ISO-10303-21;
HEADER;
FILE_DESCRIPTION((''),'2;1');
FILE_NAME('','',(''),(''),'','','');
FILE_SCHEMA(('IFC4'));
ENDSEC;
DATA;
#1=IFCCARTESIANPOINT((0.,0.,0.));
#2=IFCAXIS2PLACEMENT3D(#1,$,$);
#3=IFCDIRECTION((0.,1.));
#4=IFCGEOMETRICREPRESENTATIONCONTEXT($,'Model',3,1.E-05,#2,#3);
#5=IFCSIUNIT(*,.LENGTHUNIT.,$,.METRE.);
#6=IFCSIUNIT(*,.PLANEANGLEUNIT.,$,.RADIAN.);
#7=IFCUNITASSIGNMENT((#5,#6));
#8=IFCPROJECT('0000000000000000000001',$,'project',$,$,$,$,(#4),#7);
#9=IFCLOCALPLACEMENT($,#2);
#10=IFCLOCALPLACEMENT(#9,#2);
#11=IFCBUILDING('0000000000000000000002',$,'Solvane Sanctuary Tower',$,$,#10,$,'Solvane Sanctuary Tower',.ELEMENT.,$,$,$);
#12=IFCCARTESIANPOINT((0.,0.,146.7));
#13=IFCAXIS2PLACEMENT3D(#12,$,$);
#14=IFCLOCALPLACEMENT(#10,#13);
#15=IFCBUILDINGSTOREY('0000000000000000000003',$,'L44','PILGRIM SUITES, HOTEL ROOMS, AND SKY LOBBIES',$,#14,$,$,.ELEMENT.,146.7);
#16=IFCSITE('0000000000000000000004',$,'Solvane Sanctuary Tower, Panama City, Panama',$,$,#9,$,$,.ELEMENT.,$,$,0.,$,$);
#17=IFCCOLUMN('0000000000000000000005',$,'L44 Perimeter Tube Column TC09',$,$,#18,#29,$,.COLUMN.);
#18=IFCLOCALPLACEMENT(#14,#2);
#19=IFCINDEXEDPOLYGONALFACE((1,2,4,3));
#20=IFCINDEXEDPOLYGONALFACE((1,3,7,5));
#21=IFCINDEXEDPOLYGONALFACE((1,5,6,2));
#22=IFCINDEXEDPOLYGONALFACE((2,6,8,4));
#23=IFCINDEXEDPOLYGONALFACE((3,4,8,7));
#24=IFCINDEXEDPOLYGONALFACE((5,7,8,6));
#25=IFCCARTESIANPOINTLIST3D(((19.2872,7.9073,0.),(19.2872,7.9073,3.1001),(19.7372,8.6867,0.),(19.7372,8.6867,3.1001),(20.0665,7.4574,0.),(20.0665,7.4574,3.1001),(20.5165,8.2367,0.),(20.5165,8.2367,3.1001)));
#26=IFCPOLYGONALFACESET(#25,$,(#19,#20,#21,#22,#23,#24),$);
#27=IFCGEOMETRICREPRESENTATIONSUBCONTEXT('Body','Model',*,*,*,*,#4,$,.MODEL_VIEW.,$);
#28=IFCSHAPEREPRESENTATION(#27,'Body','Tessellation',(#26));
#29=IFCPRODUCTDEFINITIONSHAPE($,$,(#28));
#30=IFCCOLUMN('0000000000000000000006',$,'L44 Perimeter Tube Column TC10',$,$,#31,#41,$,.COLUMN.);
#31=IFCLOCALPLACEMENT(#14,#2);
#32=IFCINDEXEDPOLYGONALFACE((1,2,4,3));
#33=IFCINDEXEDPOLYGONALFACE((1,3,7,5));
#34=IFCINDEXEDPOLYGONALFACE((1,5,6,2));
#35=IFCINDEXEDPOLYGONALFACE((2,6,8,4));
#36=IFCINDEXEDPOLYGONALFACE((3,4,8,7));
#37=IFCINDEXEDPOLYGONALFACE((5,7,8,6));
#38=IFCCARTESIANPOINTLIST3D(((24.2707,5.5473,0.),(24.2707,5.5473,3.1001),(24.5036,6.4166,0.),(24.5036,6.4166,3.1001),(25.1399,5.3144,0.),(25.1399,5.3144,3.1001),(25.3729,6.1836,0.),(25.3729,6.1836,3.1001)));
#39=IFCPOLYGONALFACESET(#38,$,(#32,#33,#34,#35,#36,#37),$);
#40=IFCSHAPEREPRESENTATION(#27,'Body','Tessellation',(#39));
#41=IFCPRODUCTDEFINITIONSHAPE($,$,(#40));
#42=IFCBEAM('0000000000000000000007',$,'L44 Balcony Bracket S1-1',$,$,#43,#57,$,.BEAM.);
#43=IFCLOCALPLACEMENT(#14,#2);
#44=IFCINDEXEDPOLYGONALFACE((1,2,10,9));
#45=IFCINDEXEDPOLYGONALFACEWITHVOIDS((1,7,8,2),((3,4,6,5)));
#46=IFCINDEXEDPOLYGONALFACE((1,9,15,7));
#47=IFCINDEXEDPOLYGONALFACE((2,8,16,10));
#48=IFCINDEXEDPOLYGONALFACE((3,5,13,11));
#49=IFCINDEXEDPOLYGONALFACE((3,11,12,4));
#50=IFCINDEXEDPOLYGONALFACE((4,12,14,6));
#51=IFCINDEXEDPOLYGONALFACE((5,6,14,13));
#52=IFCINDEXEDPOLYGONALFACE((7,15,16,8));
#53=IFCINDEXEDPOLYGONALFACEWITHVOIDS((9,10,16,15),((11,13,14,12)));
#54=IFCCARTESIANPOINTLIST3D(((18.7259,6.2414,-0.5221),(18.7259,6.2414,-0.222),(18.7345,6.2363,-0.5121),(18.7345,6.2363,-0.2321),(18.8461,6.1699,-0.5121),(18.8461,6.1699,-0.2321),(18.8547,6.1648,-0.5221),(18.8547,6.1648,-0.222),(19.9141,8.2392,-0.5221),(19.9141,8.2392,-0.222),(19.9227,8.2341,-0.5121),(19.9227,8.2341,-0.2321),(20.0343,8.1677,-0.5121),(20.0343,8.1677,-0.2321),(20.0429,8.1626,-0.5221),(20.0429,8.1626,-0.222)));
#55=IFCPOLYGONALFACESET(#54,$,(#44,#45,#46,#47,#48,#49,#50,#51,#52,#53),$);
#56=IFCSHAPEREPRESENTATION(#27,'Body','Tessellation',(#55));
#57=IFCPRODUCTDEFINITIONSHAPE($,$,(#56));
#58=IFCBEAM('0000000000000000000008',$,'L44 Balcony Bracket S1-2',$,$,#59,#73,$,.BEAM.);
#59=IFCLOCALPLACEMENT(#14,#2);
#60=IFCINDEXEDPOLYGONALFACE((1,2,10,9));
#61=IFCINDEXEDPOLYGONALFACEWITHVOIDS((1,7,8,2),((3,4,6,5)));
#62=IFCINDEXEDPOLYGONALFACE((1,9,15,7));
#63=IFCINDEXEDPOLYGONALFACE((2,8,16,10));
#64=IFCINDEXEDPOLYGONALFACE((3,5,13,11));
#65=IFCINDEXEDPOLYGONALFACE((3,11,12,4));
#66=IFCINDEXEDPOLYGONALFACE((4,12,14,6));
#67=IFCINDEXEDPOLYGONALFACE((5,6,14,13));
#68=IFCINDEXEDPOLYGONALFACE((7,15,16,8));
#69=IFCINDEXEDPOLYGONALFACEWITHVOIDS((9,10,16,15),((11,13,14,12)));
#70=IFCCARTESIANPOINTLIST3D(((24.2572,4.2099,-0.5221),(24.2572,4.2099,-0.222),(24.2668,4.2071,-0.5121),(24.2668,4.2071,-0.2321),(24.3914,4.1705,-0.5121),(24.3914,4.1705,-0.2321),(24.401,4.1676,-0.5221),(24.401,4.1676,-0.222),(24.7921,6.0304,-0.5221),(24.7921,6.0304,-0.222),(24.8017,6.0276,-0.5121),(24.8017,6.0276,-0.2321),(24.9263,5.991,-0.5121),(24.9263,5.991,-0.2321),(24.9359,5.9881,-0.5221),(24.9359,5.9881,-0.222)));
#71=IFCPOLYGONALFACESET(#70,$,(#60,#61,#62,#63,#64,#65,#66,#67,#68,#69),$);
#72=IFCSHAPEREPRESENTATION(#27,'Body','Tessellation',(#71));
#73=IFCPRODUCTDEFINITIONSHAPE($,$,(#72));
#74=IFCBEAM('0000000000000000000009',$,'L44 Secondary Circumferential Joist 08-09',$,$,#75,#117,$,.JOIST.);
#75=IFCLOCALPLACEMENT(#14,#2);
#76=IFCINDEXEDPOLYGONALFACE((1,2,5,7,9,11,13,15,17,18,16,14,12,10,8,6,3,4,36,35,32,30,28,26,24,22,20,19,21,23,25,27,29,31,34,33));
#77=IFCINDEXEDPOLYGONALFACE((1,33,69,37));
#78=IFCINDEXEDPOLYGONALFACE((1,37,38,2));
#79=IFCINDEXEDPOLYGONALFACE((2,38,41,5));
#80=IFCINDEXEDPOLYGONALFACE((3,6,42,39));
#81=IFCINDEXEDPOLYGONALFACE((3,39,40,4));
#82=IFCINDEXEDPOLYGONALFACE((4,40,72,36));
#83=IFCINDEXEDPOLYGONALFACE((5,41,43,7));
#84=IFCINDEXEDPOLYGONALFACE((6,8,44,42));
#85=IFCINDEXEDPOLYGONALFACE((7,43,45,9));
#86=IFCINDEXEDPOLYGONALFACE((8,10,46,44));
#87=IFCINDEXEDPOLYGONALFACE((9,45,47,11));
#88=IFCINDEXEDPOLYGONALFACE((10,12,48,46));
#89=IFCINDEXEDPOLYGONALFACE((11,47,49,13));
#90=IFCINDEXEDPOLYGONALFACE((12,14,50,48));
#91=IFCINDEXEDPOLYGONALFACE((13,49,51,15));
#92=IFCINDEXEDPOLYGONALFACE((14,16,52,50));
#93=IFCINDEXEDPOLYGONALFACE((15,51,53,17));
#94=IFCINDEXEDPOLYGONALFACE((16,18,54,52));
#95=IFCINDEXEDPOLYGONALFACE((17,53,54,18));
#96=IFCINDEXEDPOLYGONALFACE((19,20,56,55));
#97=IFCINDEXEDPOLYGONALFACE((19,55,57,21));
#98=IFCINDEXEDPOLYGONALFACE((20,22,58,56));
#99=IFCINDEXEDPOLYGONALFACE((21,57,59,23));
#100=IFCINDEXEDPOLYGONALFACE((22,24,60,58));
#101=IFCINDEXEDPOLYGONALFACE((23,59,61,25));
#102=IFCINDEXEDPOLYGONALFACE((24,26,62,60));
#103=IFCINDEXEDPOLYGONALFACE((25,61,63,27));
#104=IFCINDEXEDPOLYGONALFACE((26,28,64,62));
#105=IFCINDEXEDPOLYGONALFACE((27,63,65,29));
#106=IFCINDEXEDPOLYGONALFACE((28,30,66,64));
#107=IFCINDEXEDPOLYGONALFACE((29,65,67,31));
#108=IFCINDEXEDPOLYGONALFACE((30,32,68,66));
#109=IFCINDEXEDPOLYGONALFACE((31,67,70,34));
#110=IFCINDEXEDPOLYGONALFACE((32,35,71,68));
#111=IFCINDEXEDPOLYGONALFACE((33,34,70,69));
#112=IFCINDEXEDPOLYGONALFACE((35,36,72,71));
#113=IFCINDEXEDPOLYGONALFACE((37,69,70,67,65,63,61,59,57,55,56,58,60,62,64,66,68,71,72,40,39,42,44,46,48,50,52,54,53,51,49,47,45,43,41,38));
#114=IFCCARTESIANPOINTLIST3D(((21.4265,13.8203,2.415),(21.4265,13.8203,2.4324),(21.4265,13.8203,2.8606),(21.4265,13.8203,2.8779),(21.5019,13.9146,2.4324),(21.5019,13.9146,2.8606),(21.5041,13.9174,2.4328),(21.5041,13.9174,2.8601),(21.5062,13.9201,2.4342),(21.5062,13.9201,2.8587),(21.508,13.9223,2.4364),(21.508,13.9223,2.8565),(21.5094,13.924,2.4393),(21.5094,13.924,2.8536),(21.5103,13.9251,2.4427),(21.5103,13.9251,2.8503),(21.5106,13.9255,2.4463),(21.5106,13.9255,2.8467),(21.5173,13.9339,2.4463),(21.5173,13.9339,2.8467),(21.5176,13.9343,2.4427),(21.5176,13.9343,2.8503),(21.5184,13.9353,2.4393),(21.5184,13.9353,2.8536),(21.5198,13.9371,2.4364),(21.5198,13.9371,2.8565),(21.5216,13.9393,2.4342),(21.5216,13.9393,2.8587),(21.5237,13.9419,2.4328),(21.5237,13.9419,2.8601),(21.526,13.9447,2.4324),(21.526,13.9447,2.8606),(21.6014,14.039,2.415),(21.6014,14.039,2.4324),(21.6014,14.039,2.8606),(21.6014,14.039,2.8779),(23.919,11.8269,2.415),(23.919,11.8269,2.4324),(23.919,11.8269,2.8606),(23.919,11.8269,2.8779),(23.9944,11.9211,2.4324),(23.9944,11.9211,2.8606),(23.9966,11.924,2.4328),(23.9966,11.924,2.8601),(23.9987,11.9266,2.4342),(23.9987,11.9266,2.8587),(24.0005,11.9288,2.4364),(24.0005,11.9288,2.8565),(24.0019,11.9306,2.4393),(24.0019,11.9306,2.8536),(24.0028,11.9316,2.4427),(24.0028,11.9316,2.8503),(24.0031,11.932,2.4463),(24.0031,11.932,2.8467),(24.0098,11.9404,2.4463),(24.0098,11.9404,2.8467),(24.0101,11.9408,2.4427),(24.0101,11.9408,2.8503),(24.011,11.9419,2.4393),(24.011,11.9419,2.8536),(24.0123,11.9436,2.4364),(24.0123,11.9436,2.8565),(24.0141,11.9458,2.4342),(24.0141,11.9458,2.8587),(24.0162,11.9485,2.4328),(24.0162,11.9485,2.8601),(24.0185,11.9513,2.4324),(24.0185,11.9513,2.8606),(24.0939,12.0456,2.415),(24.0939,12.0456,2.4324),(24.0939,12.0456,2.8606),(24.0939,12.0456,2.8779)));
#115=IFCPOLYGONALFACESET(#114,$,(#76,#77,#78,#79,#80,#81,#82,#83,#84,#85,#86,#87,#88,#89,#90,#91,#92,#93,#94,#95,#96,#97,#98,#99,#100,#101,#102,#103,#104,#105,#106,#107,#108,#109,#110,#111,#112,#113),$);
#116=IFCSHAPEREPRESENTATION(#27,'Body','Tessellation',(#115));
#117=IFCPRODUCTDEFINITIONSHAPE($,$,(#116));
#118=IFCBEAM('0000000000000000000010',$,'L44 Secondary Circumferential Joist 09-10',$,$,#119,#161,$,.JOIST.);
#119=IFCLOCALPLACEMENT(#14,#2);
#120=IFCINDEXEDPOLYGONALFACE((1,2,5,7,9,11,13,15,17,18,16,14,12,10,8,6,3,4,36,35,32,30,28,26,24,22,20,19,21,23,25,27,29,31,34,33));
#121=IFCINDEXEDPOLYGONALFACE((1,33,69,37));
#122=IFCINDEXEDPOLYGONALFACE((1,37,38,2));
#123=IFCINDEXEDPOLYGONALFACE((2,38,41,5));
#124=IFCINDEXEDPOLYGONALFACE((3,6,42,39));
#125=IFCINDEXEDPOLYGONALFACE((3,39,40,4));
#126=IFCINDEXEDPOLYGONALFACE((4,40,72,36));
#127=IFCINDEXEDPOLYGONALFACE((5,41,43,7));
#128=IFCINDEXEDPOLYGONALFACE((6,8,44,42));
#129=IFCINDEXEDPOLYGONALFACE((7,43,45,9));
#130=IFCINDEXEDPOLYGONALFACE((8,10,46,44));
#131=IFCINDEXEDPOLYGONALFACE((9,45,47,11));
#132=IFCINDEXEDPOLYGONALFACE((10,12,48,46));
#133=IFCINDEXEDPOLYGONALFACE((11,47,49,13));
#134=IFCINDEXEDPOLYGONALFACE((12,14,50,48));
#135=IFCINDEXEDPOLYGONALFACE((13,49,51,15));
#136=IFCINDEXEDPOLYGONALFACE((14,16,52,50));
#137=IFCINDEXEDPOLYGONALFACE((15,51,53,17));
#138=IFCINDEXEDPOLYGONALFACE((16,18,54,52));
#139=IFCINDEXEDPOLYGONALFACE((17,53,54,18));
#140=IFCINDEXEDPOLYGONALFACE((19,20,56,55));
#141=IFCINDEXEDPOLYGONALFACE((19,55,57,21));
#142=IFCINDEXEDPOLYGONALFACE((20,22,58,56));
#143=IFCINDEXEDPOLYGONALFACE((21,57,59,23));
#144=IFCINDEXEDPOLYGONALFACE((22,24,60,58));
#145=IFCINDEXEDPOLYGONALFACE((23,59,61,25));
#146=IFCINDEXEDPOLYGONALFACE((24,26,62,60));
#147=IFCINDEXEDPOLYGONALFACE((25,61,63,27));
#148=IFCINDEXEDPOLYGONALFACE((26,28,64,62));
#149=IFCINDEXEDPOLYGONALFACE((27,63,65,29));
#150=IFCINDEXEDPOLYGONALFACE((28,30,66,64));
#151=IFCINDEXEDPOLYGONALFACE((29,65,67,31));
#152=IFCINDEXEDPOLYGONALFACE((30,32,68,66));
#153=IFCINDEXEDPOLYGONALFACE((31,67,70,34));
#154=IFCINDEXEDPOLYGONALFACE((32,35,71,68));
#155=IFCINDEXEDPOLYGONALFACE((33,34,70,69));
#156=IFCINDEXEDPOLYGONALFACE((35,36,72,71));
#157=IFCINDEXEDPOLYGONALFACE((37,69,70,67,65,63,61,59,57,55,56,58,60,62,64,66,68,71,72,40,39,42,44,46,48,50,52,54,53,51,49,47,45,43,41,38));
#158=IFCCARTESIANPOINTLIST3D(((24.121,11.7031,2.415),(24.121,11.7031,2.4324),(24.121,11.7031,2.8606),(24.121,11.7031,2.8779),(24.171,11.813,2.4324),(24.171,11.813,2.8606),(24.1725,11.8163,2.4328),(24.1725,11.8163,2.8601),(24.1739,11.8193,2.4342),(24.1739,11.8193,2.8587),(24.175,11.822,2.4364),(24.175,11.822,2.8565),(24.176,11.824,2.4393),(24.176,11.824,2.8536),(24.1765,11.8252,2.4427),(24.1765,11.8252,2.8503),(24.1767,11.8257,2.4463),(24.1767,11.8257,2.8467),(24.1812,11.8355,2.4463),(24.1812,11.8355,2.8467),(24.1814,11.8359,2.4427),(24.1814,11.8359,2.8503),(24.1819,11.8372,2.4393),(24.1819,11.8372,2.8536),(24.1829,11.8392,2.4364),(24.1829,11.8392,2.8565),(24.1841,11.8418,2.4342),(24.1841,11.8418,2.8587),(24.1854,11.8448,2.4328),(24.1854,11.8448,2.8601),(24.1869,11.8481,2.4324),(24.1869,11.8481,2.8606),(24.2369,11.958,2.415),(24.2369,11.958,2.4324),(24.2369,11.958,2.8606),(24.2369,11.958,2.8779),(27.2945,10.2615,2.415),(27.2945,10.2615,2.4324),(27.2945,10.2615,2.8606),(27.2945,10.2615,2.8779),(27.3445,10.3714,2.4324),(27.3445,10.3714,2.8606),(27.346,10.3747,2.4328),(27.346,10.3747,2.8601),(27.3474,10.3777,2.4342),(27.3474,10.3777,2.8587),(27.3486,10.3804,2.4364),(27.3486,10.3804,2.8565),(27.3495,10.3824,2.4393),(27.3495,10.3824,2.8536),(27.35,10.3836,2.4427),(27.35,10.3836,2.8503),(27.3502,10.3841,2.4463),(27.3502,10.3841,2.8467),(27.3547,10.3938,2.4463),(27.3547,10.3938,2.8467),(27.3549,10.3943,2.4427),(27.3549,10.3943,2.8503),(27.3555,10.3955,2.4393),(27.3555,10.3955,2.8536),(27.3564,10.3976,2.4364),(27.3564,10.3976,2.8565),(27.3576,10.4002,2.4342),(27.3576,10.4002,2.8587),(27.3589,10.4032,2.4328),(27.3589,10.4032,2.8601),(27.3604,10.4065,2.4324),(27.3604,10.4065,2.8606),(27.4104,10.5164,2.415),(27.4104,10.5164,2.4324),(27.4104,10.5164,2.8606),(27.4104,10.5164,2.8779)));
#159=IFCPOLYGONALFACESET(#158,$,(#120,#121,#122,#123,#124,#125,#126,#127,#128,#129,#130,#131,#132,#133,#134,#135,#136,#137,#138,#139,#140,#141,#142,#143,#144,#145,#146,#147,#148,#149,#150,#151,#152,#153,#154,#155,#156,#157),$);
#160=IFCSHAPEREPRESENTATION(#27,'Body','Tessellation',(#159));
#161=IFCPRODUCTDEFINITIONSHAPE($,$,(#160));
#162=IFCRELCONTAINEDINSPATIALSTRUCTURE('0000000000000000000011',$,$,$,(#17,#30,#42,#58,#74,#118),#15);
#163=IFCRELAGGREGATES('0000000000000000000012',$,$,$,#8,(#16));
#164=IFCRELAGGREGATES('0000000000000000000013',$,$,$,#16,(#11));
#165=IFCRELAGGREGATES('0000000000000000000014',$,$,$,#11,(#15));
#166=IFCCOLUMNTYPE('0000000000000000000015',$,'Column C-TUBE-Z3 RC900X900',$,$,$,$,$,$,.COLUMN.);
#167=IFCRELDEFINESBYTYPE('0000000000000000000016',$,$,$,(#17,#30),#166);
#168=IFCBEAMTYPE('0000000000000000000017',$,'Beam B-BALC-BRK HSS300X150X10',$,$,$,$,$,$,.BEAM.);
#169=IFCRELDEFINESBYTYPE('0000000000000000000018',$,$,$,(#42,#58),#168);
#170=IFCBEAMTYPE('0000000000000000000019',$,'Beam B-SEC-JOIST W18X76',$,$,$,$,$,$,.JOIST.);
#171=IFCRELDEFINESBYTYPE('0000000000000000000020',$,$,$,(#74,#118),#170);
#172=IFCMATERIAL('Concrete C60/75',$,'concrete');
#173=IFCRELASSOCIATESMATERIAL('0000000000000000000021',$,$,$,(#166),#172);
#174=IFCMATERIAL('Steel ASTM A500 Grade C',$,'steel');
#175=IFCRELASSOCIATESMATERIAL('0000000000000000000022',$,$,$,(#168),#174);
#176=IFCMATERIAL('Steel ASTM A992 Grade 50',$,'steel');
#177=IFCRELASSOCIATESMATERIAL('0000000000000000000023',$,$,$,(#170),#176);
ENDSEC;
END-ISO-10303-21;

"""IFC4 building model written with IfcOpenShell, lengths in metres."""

from ifc_helpers import new_model, si_unit, direction, frame, origin, origin_2d, place, context, subcontext, project, spatial, rectangle, hollow_rectangle, i_section, extrude, material, material_profile, profile_set, type_object, element, save


model = new_model("IFC4")

# Units and contexts
model_context = context("Model", 3, precision=1e-05, world=origin(), true_north=direction((0.0, 1.0)))
body_context = subcontext(model_context, "Body", "Model", "MODEL_VIEW")
ifc_project = project(units=[si_unit("LENGTHUNIT", "METRE"), si_unit("PLANEANGLEUNIT", "RADIAN")], contexts=[model_context])

# Site, building, storey
site_placement = place(None, origin())
site = spatial("IfcSite", under=ifc_project, at=site_placement, Name="Solvane Sanctuary Tower, Panama City, Panama", CompositionType="ELEMENT", RefElevation=0.0)
building_placement = place(site_placement, origin())
building = spatial("IfcBuilding", under=site, at=building_placement, Name="Solvane Sanctuary Tower", LongName="Solvane Sanctuary Tower", CompositionType="ELEMENT")
storey_placement = place(building_placement, frame((0.0, 0.0, 146.7)))
storey = spatial("IfcBuildingStorey", under=building, at=storey_placement, Name="L44", Description="PILGRIM SUITES, HOTEL ROOMS, AND SKY LOBBIES", CompositionType="ELEMENT", Elevation=146.7)

# Columns
ifc_material_1 = material(Name="Concrete C60/75", Category="concrete")
ifc_material_profile_1 = material_profile(ifc_material_1, rectangle(XDim=0.8999, YDim=0.8999, at=origin_2d()), Name="RC900X900")
ifc_profile_set_1 = profile_set([ifc_material_profile_1], Name="Concrete C60/75")
column_type = type_object("IfcColumnType", Name="Column C-TUBE-Z3 RC900X900", PredefinedType="COLUMN", material=ifc_profile_set_1)
for number, where, z_axis, x_axis, name in (
    (1, (19.9019, 8.072, 0.0), (0.0, 0.0, 1.0), (-0.5, -0.866025, 0.0), "L44 Perimeter Tube Column TC09"),
    (2, (24.8218, 5.8655, 0.0), (0.0, 0.0, 1.0), (-0.258819, -0.965926, 0.0), "L44 Perimeter Tube Column TC10"),
):
    element("IfcColumn", number, at=place(storey_placement, frame(where, z_axis=z_axis, x_axis=x_axis)), inside=storey, type_object=column_type, Name=name, PredefinedType="COLUMN", context=body_context, shape_type="SweptSolid", body=[
        extrude(rectangle(XDim=0.8999, YDim=0.8999, at=origin_2d()), origin(), (0.0, 0.0, 1.0), 3.1001),
    ])

# Beams
ifc_material_2 = material(Name="Steel ASTM A500 Grade C", Category="steel")
ifc_material_profile_2 = material_profile(ifc_material_2, hollow_rectangle(XDim=0.1499, YDim=0.3, WallThickness=0.01, at=origin_2d()), Name="HSS300X150X10")
ifc_profile_set_2 = profile_set([ifc_material_profile_2], Name="Steel ASTM A500 Grade C")
beam_type_1 = type_object("IfcBeamType", Name="Beam B-BALC-BRK HSS300X150X10", PredefinedType="BEAM", material=ifc_profile_set_2)
beam_1_placement = place(storey_placement, frame((19.9785, 8.2009, -0.3721), z_axis=(-0.511187, -0.85947, 0.0), x_axis=(0.85947, -0.511187, 0.0)))
element("IfcBeam", 3, at=beam_1_placement, inside=storey, type_object=beam_type_1, Name="L44 Balcony Bracket S1-1", PredefinedType="BEAM", context=body_context, shape_type="SweptSolid", body=[
    extrude(hollow_rectangle(XDim=0.1499, YDim=0.3, WallThickness=0.01, at=origin_2d()), origin(), (0.0, 0.0, 1.0), 2.3245),
])
beam_2_placement = place(storey_placement, frame((24.864, 6.0093, -0.3721), z_axis=(-0.281902, -0.959443, 0.0), x_axis=(0.959443, -0.281902, 0.0)))
element("IfcBeam", 4, at=beam_2_placement, inside=storey, type_object=beam_type_1, Name="L44 Balcony Bracket S1-2", PredefinedType="BEAM", context=body_context, shape_type="SweptSolid", body=[
    extrude(hollow_rectangle(XDim=0.1499, YDim=0.3, WallThickness=0.01, at=origin_2d()), origin(), (0.0, 0.0, 1.0), 1.8975),
])
ifc_material_3 = material(Name="Steel ASTM A992 Grade 50", Category="steel")
ifc_material_profile_3 = material_profile(ifc_material_3, i_section(OverallWidth=0.28, OverallDepth=0.4629, WebThickness=0.0107, FlangeThickness=0.0173, FilletRadius=0.0139, at=origin_2d()), Name="W18X76")
ifc_profile_set_3 = profile_set([ifc_material_profile_3], Name="Steel ASTM A992 Grade 50")
beam_type_2 = type_object("IfcBeamType", Name="Beam B-SEC-JOIST W18X76", PredefinedType="JOIST", material=ifc_profile_set_3)
beam_3_placement = place(storey_placement, frame((21.5139, 13.9297, 2.6465), z_axis=(0.780951, -0.624592, 0.0), x_axis=(0.624592, 0.780951, 0.0)))
element("IfcBeam", 5, at=beam_3_placement, inside=storey, type_object=beam_type_2, Name="L44 Secondary Circumferential Joist 08-09", PredefinedType="JOIST", context=body_context, shape_type="SweptSolid", body=[
    extrude(i_section(OverallWidth=0.28, OverallDepth=0.4629, WebThickness=0.0107, FlangeThickness=0.0173, FilletRadius=0.0139, at=origin_2d()), origin(), (0.0, 0.0, 1.0), 3.1917),
])
beam_4_placement = place(storey_placement, frame((24.179, 11.8306, 2.6465), z_axis=(0.910462, -0.413592, 0.0), x_axis=(0.413592, 0.910462, 0.0)))
element("IfcBeam", 6, at=beam_4_placement, inside=storey, type_object=beam_type_2, Name="L44 Secondary Circumferential Joist 09-10", PredefinedType="JOIST", context=body_context, shape_type="SweptSolid", body=[
    extrude(i_section(OverallWidth=0.28, OverallDepth=0.4629, WebThickness=0.0107, FlangeThickness=0.0173, FilletRadius=0.0139, at=origin_2d()), origin(), (0.0, 0.0, 1.0), 3.4856),
])

save(model, "model.ifc")
